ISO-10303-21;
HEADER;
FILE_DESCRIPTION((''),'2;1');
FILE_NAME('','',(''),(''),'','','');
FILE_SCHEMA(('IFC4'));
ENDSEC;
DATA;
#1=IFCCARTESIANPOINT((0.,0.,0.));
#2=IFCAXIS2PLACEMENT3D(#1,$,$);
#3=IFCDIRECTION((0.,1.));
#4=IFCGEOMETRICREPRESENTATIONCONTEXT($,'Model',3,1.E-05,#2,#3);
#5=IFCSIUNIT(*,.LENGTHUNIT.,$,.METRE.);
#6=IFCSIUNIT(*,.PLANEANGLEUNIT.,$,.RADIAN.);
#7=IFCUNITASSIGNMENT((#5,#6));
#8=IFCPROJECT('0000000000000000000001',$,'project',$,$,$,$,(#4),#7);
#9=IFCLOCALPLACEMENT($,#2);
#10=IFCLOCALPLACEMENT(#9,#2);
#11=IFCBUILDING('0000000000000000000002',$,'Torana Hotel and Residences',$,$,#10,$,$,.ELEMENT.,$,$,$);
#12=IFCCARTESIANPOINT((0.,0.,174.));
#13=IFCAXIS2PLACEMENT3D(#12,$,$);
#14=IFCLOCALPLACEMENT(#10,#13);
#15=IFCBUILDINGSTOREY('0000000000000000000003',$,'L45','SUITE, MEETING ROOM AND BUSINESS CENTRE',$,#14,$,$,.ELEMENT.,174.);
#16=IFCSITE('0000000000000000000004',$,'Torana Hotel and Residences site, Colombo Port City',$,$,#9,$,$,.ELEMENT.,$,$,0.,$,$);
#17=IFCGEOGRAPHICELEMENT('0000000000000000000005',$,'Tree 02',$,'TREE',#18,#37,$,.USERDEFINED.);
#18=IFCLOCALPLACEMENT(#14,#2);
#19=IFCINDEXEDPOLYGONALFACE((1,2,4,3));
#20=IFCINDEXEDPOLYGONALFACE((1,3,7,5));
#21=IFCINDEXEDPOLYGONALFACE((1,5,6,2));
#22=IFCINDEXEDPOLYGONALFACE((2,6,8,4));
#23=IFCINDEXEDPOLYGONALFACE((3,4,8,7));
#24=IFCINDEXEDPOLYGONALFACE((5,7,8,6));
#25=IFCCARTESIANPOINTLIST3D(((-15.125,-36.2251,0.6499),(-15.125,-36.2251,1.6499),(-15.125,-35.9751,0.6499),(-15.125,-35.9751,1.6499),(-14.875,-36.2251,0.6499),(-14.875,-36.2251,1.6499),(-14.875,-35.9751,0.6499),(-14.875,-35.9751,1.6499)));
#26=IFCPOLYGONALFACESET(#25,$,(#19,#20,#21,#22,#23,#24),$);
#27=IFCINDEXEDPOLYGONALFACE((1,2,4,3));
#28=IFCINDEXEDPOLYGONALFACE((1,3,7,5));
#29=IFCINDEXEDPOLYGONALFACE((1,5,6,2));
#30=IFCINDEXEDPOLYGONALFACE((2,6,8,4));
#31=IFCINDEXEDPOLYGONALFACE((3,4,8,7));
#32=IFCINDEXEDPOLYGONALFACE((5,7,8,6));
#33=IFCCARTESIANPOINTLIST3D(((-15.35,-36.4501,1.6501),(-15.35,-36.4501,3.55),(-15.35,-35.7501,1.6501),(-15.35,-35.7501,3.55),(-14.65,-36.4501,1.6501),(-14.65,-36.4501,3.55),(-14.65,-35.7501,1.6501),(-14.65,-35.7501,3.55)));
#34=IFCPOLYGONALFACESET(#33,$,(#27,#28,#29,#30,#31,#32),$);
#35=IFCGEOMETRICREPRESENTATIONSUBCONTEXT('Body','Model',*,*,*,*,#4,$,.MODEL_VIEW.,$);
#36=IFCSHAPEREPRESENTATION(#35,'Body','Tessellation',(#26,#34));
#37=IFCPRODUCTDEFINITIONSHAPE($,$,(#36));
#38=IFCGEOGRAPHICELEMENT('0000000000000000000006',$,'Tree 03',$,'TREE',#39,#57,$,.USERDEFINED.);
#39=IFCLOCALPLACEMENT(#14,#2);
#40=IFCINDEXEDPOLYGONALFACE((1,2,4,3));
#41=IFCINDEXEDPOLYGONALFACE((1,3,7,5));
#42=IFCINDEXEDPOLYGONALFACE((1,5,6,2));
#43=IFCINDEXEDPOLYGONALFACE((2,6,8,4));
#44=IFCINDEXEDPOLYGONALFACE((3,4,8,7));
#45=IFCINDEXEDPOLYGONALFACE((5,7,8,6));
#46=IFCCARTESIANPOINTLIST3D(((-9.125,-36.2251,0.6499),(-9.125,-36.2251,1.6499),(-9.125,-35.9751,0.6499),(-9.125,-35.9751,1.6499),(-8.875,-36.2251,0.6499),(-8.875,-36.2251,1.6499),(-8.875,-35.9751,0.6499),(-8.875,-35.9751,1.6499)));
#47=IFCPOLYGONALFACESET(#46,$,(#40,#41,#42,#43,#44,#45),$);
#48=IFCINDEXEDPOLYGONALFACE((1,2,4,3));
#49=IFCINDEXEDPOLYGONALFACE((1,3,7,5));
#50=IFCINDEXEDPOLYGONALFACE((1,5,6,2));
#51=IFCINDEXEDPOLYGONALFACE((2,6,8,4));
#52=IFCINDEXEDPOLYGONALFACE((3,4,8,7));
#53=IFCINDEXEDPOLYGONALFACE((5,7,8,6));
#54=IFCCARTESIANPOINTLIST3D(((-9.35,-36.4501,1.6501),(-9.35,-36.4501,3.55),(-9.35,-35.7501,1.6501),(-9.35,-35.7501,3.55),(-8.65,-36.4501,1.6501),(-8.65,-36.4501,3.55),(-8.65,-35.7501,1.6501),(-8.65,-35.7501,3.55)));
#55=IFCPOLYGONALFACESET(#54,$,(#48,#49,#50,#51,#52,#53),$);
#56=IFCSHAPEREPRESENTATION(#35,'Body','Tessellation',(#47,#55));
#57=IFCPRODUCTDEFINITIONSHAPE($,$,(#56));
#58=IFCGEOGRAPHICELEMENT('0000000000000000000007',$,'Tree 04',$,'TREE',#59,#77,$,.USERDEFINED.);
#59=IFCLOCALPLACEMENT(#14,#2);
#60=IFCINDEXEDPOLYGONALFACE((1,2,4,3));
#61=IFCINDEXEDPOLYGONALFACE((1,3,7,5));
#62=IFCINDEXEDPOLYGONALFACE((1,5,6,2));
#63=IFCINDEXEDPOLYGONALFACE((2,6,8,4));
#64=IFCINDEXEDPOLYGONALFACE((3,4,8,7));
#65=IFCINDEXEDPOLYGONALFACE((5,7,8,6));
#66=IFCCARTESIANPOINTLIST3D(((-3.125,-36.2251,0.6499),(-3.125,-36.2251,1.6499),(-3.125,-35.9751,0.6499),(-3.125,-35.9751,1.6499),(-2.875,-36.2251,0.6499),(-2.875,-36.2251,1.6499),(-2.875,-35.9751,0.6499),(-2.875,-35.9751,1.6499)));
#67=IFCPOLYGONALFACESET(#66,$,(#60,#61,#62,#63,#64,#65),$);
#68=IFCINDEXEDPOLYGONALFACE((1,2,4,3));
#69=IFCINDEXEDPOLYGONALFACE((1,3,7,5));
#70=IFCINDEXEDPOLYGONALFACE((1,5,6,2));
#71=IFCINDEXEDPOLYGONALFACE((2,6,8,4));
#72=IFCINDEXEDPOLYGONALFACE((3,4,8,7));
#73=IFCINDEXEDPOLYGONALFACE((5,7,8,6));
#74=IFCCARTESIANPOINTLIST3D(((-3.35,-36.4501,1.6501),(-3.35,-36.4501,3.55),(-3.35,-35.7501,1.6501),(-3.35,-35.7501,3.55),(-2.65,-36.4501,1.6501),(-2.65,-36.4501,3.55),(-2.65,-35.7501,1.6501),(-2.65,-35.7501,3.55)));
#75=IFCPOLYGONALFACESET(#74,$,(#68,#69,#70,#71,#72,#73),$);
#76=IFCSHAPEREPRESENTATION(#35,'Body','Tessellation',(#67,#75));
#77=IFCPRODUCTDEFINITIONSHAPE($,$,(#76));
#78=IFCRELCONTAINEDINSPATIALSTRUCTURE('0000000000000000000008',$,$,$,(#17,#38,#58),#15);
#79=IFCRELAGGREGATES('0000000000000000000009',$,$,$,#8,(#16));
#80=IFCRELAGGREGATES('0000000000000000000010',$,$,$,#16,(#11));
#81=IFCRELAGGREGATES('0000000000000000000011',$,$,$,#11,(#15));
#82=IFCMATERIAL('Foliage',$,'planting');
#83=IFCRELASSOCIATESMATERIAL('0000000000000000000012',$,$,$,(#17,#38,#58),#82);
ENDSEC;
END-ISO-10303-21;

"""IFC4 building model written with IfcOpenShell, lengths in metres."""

from ifc_helpers import new_model, si_unit, direction, frame, origin, origin_2d, place, context, subcontext, project, spatial, rectangle, extrude, material, element, save


model = new_model("IFC4")

# Units and contexts
model_context = context("Model", 3, precision=1e-05, world=origin(), true_north=direction((0.0, 1.0)))
body_context = subcontext(model_context, "Body", "Model", "MODEL_VIEW")
ifc_project = project(units=[si_unit("LENGTHUNIT", "METRE"), si_unit("PLANEANGLEUNIT", "RADIAN")], contexts=[model_context])

# Site, building, storey
site_placement = place(None, origin())
site = spatial("IfcSite", under=ifc_project, at=site_placement, Name="Torana Hotel and Residences site, Colombo Port City", CompositionType="ELEMENT", RefElevation=0.0)
building_placement = place(site_placement, origin())
building = spatial("IfcBuilding", under=site, at=building_placement, Name="Torana Hotel and Residences", CompositionType="ELEMENT")
storey_placement = place(building_placement, frame((0.0, 0.0, 174.0)))
storey = spatial("IfcBuildingStorey", under=building, at=storey_placement, Name="L45", Description="SUITE, MEETING ROOM AND BUSINESS CENTRE", CompositionType="ELEMENT", Elevation=174.0)

# Geographic elements
ifc_material_1 = material(Name="Foliage", Category="planting")
for number, where, z_axis, x_axis, name in (
    (1, (-15.0, -36.1001, 0.6499), (0.0, 0.0, 1.0), (1.0, 0.0, 0.0), "Tree 02"),
    (2, (-9.0, -36.1001, 0.6499), (0.0, 0.0, 1.0), (1.0, 0.0, 0.0), "Tree 03"),
    (3, (-3.0, -36.1001, 0.6499), (0.0, 0.0, 1.0), (1.0, 0.0, 0.0), "Tree 04"),
):
    element("IfcGeographicElement", number, at=place(storey_placement, frame(where, z_axis=z_axis, x_axis=x_axis)), inside=storey, material=ifc_material_1, Name=name, ObjectType="TREE", PredefinedType="USERDEFINED", context=body_context, shape_type="SweptSolid", body=[
        extrude(rectangle(XDim=0.25, YDim=0.25, at=origin_2d()), origin(), (0.0, 0.0, 1.0), 1.0),
        extrude(rectangle(XDim=0.7, YDim=0.7, at=origin_2d()), frame((0.0, 0.0, 1.0002)), (0.0, 0.0, 1.0), 1.8999),
    ])

save(model, "model.ifc")
